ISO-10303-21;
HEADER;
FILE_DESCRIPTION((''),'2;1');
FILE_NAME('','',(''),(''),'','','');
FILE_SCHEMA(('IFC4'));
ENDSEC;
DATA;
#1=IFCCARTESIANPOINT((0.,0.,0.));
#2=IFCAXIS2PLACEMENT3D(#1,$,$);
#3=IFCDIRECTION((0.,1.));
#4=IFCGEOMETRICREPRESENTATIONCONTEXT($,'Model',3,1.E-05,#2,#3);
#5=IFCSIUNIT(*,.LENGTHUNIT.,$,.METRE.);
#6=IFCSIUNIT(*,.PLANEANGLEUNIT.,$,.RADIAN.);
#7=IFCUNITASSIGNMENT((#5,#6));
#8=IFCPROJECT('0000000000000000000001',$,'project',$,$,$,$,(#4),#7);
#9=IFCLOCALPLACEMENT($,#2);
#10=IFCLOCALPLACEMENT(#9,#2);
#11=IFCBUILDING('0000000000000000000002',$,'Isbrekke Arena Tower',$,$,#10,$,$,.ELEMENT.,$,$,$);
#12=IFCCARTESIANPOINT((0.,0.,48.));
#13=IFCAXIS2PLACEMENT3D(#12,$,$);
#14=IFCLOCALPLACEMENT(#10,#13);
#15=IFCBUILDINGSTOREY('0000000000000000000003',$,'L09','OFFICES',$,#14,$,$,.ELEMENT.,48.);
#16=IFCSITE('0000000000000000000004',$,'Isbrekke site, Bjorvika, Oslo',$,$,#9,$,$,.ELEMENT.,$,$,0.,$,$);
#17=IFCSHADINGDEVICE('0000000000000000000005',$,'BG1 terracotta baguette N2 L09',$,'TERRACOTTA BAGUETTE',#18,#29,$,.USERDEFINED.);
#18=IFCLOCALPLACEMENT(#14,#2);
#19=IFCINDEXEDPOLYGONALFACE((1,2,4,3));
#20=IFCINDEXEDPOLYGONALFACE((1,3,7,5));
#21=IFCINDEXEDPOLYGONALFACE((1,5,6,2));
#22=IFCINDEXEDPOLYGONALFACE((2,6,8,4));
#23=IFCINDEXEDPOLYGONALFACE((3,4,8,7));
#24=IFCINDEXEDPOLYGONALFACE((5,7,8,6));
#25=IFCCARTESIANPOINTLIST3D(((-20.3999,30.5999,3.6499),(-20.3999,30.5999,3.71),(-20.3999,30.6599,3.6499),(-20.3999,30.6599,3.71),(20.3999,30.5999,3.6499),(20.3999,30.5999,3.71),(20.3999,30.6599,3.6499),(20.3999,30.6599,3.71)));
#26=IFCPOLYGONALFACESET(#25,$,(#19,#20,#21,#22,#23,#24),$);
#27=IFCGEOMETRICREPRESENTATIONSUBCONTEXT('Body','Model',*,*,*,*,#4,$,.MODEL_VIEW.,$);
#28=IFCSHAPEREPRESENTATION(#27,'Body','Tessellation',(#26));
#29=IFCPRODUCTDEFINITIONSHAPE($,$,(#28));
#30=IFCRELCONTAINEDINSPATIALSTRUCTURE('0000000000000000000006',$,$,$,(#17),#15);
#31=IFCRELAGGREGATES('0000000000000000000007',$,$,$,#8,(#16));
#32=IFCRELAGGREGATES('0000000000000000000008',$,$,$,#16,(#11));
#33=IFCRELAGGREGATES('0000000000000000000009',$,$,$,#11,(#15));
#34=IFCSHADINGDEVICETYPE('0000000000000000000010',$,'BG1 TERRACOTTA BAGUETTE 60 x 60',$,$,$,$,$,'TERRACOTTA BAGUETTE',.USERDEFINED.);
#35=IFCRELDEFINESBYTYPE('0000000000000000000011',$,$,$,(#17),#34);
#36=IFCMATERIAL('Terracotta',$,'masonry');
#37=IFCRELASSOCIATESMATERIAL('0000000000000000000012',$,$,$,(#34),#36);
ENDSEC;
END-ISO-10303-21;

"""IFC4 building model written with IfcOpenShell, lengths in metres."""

from ifc_helpers import new_model, si_unit, direction, frame, origin, origin_2d, place, context, subcontext, project, spatial, rectangle, extrude, material, material_profile, profile_set, type_object, element, save


model = new_model("IFC4")

# Units and contexts
model_context = context("Model", 3, precision=1e-05, world=origin(), true_north=direction((0.0, 1.0)))
body_context = subcontext(model_context, "Body", "Model", "MODEL_VIEW")
ifc_project = project(units=[si_unit("LENGTHUNIT", "METRE"), si_unit("PLANEANGLEUNIT", "RADIAN")], contexts=[model_context])

# Site, building, storey
site_placement = place(None, origin())
site = spatial("IfcSite", under=ifc_project, at=site_placement, Name="Isbrekke site, Bjorvika, Oslo", CompositionType="ELEMENT", RefElevation=0.0)
building_placement = place(site_placement, origin())
building = spatial("IfcBuilding", under=site, at=building_placement, Name="Isbrekke Arena Tower", CompositionType="ELEMENT")
storey_placement = place(building_placement, frame((0.0, 0.0, 48.0)))
storey = spatial("IfcBuildingStorey", under=building, at=storey_placement, Name="L09", Description="OFFICES", CompositionType="ELEMENT", Elevation=48.0)

# Shading device
ifc_material_1 = material(Name="Terracotta", Category="masonry")
ifc_material_profile_1 = material_profile(ifc_material_1, rectangle(XDim=0.0601, YDim=0.0601, at=origin_2d()), Name="BAGUETTE 60X60")
ifc_profile_set_1 = profile_set([ifc_material_profile_1], Name="Terracotta")
shading_device_type = type_object("IfcShadingDeviceType", Name="BG1 TERRACOTTA BAGUETTE 60 x 60", ElementType="TERRACOTTA BAGUETTE", PredefinedType="USERDEFINED", material=ifc_profile_set_1)
for number, where, z_axis, x_axis, name in (
    (1, (20.3999, 30.6299, 3.6799), (-1.0, 0.0, 0.0), (0.0, -1.0, 0.0), "BG1 terracotta baguette N2 L09"),
):
    element("IfcShadingDevice", number, at=place(storey_placement, frame(where, z_axis=z_axis, x_axis=x_axis)), inside=storey, type_object=shading_device_type, Name=name, ObjectType="TERRACOTTA BAGUETTE", PredefinedType="USERDEFINED", context=body_context, shape_type="SweptSolid", body=[
        extrude(rectangle(XDim=0.0601, YDim=0.0601, at=origin_2d()), origin(), (0.0, 0.0, 1.0), 40.7998),
    ])

save(model, "model.ifc")
